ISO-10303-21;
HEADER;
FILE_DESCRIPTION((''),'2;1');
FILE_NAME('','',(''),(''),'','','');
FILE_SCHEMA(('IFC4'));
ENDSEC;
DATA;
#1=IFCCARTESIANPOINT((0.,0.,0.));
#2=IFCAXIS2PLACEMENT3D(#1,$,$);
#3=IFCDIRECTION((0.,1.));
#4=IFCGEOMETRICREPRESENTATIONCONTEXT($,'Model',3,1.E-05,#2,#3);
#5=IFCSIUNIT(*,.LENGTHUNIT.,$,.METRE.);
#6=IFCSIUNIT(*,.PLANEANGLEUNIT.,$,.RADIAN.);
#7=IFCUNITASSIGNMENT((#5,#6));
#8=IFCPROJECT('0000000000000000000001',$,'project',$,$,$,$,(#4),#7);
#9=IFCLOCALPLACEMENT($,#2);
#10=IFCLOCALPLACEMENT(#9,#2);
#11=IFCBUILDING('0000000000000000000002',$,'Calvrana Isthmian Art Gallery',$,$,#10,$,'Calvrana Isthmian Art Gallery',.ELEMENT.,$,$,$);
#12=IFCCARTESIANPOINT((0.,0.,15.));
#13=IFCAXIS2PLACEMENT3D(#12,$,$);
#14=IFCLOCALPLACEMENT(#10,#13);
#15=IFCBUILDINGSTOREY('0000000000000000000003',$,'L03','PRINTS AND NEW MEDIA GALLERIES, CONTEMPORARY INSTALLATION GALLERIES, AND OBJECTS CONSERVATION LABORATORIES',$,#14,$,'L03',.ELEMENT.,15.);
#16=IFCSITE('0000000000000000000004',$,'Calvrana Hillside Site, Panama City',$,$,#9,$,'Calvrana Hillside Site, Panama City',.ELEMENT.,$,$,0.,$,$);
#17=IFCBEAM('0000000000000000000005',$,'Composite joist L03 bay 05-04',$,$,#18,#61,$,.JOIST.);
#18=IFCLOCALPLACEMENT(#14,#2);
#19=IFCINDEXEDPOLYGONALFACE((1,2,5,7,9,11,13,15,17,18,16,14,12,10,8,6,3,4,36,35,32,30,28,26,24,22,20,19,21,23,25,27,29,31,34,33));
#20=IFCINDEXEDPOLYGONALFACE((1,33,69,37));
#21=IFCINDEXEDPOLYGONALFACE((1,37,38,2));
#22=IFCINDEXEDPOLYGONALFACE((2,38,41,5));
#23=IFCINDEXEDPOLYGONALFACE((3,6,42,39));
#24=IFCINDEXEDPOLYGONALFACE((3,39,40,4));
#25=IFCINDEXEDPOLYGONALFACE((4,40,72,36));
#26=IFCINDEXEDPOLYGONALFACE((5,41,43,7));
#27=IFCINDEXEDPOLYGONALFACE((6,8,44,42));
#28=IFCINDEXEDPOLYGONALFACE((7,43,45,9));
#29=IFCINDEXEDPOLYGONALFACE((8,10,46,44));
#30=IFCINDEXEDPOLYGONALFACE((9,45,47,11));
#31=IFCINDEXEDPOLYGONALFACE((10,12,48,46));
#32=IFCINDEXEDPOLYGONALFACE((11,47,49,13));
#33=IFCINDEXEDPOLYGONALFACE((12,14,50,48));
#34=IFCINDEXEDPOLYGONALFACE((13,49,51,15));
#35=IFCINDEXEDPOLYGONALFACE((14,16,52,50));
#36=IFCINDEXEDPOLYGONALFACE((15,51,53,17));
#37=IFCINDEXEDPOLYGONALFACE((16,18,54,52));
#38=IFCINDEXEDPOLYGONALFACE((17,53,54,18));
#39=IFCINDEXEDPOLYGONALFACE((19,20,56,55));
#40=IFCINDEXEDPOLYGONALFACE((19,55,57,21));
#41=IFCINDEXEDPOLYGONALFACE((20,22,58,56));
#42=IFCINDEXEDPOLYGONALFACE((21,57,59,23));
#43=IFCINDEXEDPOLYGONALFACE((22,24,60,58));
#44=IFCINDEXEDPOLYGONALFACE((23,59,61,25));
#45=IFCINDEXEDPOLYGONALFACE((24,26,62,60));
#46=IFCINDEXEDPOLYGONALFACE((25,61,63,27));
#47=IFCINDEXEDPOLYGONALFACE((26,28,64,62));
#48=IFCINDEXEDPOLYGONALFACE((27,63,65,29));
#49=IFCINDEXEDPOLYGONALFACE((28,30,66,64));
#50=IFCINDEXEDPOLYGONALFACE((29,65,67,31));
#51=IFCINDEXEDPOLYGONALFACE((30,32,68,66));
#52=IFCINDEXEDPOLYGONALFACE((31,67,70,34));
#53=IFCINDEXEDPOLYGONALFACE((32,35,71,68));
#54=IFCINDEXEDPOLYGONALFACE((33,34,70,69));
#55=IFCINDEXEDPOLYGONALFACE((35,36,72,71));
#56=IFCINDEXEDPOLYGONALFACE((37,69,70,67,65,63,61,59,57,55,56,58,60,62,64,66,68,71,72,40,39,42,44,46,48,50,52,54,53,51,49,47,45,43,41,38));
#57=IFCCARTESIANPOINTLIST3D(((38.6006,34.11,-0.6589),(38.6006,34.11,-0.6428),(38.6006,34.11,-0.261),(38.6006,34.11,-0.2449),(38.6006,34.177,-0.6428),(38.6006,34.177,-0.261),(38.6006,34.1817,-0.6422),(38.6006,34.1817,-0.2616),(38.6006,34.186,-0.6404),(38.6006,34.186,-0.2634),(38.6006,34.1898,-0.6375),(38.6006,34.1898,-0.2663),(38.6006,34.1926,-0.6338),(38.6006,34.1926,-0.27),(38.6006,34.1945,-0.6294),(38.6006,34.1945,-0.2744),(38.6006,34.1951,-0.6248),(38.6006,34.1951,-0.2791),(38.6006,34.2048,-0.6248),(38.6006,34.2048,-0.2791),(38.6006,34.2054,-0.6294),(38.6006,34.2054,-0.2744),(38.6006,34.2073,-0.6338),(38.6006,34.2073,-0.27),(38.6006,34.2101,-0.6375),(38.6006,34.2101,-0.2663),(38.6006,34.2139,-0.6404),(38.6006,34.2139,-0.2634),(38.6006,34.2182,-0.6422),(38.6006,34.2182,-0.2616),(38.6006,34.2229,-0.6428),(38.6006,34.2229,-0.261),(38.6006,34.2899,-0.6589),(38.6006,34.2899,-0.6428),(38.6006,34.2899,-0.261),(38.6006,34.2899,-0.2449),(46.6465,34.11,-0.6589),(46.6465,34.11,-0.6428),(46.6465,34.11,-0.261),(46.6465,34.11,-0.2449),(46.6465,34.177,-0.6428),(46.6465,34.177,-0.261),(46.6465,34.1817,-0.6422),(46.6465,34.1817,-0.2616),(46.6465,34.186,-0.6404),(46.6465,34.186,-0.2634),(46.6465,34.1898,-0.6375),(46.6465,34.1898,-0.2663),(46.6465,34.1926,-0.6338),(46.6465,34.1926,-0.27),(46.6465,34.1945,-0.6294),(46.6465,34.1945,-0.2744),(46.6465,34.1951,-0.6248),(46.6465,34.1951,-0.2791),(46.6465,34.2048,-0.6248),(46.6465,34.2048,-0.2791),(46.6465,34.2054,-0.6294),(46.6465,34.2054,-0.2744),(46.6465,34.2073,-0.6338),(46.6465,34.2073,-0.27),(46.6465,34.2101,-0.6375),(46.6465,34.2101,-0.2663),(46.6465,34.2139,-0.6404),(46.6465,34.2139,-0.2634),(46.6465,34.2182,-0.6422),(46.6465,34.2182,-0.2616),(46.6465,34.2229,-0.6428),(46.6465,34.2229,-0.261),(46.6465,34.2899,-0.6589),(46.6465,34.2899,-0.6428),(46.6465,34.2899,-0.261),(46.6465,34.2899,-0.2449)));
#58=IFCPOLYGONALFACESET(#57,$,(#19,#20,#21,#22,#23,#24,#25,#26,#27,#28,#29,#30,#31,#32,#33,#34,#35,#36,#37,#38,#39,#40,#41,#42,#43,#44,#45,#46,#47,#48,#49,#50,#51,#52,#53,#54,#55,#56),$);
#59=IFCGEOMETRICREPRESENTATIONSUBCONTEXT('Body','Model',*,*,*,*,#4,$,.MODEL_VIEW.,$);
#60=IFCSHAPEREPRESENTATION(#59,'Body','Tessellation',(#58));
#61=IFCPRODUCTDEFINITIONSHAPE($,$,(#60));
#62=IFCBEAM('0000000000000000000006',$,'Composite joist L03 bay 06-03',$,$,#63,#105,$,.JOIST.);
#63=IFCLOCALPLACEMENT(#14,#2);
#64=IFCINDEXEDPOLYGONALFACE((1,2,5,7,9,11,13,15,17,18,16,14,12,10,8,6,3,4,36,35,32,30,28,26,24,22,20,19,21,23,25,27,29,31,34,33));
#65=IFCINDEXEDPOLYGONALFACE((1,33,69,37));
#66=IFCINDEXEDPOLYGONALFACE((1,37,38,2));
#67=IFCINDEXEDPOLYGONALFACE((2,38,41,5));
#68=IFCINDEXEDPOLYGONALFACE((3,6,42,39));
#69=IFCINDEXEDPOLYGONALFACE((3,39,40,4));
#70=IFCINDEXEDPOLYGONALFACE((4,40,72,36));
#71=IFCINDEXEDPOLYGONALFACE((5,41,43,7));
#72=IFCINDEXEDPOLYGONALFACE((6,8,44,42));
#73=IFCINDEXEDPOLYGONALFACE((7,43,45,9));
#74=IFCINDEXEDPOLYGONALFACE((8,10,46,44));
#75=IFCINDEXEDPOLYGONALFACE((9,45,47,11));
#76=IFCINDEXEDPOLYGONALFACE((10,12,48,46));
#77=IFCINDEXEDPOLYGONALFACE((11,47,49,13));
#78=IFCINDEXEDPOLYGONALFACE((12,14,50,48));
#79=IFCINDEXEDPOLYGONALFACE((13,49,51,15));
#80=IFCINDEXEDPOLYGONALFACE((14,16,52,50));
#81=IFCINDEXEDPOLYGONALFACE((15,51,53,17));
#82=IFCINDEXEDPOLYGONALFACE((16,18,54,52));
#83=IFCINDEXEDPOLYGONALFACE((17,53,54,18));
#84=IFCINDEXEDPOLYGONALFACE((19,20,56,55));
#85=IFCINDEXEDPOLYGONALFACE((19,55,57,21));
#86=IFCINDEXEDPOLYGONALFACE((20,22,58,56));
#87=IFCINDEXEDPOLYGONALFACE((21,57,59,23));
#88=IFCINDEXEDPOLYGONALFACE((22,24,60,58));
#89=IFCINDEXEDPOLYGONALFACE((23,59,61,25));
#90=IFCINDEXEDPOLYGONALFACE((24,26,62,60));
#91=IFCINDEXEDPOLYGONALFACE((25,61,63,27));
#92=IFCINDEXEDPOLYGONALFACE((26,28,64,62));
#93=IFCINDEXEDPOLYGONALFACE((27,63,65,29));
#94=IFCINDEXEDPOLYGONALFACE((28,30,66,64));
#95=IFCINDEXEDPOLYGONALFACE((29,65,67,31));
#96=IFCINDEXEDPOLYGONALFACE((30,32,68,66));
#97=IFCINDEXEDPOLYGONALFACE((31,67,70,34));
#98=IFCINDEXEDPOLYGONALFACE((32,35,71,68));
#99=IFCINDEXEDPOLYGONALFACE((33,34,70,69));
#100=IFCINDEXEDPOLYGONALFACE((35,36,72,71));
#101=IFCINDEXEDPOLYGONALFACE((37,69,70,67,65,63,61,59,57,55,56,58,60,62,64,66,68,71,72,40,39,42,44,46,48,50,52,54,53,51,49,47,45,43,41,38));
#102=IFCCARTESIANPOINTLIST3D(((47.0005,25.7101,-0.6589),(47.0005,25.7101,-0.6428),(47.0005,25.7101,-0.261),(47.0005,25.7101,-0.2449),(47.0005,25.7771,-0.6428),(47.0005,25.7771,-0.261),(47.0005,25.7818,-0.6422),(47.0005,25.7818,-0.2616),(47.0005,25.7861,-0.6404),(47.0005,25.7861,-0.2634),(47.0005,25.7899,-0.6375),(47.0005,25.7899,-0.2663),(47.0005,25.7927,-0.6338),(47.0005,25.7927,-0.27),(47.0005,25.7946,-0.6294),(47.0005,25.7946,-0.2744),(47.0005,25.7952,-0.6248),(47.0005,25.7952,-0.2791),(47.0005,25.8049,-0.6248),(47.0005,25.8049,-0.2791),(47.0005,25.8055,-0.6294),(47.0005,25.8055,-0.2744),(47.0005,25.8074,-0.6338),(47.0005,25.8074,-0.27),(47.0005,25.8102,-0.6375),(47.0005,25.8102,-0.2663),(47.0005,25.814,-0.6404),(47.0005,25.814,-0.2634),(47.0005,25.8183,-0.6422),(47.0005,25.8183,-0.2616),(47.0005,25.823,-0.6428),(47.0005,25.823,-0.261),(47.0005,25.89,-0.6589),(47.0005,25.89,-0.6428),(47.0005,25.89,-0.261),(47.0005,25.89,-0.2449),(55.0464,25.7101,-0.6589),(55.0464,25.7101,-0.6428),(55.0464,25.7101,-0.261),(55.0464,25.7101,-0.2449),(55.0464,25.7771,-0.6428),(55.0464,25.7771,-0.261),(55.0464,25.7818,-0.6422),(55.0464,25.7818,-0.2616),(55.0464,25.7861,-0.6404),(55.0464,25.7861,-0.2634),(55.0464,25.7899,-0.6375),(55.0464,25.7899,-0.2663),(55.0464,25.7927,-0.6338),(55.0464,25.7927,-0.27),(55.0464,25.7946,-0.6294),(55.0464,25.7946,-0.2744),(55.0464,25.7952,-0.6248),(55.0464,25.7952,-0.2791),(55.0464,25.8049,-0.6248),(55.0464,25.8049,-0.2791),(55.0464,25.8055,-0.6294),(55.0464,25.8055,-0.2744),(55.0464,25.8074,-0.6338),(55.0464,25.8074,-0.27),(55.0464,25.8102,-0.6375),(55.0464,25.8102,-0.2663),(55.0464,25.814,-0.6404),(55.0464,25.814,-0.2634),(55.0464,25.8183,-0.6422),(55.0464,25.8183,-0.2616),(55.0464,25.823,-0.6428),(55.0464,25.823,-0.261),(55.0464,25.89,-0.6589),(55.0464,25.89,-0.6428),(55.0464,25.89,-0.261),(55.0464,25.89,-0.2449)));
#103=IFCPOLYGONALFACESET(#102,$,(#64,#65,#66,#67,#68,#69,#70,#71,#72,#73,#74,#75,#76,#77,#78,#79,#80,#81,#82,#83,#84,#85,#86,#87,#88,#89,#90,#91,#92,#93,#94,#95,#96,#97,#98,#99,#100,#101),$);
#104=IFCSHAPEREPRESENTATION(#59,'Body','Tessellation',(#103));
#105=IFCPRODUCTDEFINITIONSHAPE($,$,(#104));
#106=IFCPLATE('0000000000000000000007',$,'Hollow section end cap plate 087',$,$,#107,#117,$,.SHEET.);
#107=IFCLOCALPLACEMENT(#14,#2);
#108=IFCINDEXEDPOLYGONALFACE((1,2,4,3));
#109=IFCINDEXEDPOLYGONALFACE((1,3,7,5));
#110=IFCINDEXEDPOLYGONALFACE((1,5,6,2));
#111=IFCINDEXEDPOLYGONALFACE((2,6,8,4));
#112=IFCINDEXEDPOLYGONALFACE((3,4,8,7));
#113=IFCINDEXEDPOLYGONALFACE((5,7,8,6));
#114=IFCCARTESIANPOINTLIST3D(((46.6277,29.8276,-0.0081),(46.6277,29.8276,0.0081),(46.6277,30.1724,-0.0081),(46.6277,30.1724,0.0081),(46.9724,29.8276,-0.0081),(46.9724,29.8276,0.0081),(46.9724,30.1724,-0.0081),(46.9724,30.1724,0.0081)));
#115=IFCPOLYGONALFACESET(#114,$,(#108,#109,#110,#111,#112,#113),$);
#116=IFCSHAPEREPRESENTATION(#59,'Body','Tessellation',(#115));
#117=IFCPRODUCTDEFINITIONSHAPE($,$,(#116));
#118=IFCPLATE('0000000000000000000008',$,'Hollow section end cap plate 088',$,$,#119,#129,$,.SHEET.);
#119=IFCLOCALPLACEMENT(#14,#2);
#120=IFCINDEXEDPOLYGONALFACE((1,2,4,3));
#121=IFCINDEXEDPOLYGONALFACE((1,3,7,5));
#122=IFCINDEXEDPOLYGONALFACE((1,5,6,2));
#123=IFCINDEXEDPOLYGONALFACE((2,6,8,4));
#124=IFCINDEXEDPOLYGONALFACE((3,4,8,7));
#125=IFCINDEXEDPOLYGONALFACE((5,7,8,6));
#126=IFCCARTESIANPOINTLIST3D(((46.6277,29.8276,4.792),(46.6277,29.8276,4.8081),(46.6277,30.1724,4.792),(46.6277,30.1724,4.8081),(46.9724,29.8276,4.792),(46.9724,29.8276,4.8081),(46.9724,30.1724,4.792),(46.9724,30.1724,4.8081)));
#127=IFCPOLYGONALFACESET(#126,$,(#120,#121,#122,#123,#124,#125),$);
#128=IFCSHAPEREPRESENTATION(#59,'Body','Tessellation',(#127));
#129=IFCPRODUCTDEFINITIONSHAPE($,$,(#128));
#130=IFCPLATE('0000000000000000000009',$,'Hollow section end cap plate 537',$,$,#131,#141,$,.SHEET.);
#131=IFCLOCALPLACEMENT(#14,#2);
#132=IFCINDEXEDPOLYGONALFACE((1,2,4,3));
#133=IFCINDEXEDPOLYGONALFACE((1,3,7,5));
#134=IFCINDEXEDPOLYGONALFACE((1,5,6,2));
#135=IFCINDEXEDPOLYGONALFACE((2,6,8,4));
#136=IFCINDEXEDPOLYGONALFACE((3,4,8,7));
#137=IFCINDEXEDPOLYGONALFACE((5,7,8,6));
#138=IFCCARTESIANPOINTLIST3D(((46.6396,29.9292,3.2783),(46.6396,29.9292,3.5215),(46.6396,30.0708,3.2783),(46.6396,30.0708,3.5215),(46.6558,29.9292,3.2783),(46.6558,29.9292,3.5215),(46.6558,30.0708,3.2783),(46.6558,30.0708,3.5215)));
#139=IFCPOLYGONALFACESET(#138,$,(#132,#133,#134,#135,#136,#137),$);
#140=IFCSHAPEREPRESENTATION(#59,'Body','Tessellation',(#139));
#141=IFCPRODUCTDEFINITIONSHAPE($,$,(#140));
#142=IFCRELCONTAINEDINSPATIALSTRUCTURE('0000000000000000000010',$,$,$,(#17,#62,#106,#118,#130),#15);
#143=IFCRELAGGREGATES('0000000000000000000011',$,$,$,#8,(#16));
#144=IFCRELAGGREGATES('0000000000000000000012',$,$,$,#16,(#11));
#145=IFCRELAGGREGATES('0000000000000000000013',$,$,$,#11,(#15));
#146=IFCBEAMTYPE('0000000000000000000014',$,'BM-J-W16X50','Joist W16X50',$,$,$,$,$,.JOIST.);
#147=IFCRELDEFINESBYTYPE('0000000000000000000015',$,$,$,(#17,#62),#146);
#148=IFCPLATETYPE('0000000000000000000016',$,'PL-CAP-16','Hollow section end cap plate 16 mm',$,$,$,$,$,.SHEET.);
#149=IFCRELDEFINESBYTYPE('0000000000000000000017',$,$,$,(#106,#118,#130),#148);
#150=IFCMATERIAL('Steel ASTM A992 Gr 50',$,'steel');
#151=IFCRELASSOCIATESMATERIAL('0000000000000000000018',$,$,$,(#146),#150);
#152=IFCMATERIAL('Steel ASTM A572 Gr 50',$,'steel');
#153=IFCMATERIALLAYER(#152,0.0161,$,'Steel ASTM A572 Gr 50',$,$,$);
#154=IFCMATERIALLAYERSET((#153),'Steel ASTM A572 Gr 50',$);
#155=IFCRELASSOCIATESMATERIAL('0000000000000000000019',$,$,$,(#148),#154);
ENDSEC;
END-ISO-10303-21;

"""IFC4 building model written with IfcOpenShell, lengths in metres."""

from ifc_helpers import new_model, si_unit, direction, frame, origin, origin_2d, place, context, subcontext, project, spatial, rectangle, i_section, extrude, material, layer, layer_set, material_profile, profile_set, type_object, element, save


model = new_model("IFC4")

# Units and contexts
model_context = context("Model", 3, precision=1e-05, world=origin(), true_north=direction((0.0, 1.0)))
body_context = subcontext(model_context, "Body", "Model", "MODEL_VIEW")
ifc_project = project(units=[si_unit("LENGTHUNIT", "METRE"), si_unit("PLANEANGLEUNIT", "RADIAN")], contexts=[model_context])

# Site, building, storey
site_placement = place(None, origin())
site = spatial("IfcSite", under=ifc_project, at=site_placement, Name="Calvrana Hillside Site, Panama City", LongName="Calvrana Hillside Site, Panama City", CompositionType="ELEMENT", RefElevation=0.0)
building_placement = place(site_placement, origin())
building = spatial("IfcBuilding", under=site, at=building_placement, Name="Calvrana Isthmian Art Gallery", LongName="Calvrana Isthmian Art Gallery", CompositionType="ELEMENT")
storey_placement = place(building_placement, frame((0.0, 0.0, 15.0)))
storey = spatial("IfcBuildingStorey", under=building, at=storey_placement, Name="L03", Description="PRINTS AND NEW MEDIA GALLERIES, CONTEMPORARY INSTALLATION GALLERIES, AND OBJECTS CONSERVATION LABORATORIES", LongName="L03", CompositionType="ELEMENT", Elevation=15.0)

# Shared definitions
ifc_material_1 = material(Name="Steel ASTM A992 Gr 50", Category="steel")

# Beams
ifc_material_profile_1 = material_profile(ifc_material_1, i_section(OverallWidth=0.1799, OverallDepth=0.4141, WebThickness=0.0098, FlangeThickness=0.0161, FilletRadius=0.0181, at=origin_2d()), Name="W16X50")
ifc_profile_set_1 = profile_set([ifc_material_profile_1], Name="Steel ASTM A992 Gr 50")
beam_type_1 = type_object("IfcBeamType", Name="BM-J-W16X50", Description="Joist W16X50", PredefinedType="JOIST", material=ifc_profile_set_1)
for number, where, z_axis, x_axis, name in (
    (1, (38.6006, 34.2, -0.4519), (1.0, 0.0, 0.0), (0.0, 1.0, 0.0), "Composite joist L03 bay 05-04"),
    (2, (47.0005, 25.8, -0.4519), (1.0, 0.0, 0.0), (0.0, 1.0, 0.0), "Composite joist L03 bay 06-03"),
):
    element("IfcBeam", number, at=place(storey_placement, frame(where, z_axis=z_axis, x_axis=x_axis)), inside=storey, type_object=beam_type_1, Name=name, PredefinedType="JOIST", context=body_context, shape_type="SweptSolid", body=[
        extrude(i_section(OverallWidth=0.1799, OverallDepth=0.4141, WebThickness=0.0098, FlangeThickness=0.0161, FilletRadius=0.0181, at=origin_2d()), origin(), (0.0, 0.0, 1.0), 8.0459),
    ])

# Plates
ifc_material_2 = material(Name="Steel ASTM A572 Gr 50", Category="steel")
ifc_layer_1 = layer(ifc_material_2, 0.0161, Name="Steel ASTM A572 Gr 50")
ifc_layer_set_1 = layer_set([ifc_layer_1], Name="Steel ASTM A572 Gr 50")
plate_type = type_object("IfcPlateType", Name="PL-CAP-16", Description="Hollow section end cap plate 16 mm", PredefinedType="SHEET", material=ifc_layer_set_1)
for number, where, z_axis, x_axis, name in (
    (3, (46.8, 30.0, -0.0081), (0.0, 0.0, 1.0), (1.0, 0.0, 0.0), "Hollow section end cap plate 087"),
    (4, (46.8, 30.0, 4.792), (0.0, 0.0, 1.0), (1.0, 0.0, 0.0), "Hollow section end cap plate 088"),
):
    element("IfcPlate", number, at=place(storey_placement, frame(where, z_axis=z_axis, x_axis=x_axis)), inside=storey, type_object=plate_type, Name=name, PredefinedType="SHEET", context=body_context, shape_type="SweptSolid", body=[
        extrude(rectangle(XDim=0.3447, YDim=0.3447, at=origin_2d()), origin(), (0.0, 0.0, 1.0), 0.0161),
    ])
plate_placement = place(storey_placement, frame((46.6477, 30.0, 3.2783), z_axis=(0.0, 0.0, 1.0), x_axis=(1.0, 0.0, 0.0)))
element("IfcPlate", 5, at=plate_placement, inside=storey, type_object=plate_type, Name="Hollow section end cap plate 537", PredefinedType="SHEET", context=body_context, shape_type="SweptSolid", body=[
    extrude(rectangle(XDim=0.0161, YDim=0.1416, at=origin_2d()), origin(), (0.0, 0.0, 1.0), 0.2432),
])

save(model, "model.ifc")
